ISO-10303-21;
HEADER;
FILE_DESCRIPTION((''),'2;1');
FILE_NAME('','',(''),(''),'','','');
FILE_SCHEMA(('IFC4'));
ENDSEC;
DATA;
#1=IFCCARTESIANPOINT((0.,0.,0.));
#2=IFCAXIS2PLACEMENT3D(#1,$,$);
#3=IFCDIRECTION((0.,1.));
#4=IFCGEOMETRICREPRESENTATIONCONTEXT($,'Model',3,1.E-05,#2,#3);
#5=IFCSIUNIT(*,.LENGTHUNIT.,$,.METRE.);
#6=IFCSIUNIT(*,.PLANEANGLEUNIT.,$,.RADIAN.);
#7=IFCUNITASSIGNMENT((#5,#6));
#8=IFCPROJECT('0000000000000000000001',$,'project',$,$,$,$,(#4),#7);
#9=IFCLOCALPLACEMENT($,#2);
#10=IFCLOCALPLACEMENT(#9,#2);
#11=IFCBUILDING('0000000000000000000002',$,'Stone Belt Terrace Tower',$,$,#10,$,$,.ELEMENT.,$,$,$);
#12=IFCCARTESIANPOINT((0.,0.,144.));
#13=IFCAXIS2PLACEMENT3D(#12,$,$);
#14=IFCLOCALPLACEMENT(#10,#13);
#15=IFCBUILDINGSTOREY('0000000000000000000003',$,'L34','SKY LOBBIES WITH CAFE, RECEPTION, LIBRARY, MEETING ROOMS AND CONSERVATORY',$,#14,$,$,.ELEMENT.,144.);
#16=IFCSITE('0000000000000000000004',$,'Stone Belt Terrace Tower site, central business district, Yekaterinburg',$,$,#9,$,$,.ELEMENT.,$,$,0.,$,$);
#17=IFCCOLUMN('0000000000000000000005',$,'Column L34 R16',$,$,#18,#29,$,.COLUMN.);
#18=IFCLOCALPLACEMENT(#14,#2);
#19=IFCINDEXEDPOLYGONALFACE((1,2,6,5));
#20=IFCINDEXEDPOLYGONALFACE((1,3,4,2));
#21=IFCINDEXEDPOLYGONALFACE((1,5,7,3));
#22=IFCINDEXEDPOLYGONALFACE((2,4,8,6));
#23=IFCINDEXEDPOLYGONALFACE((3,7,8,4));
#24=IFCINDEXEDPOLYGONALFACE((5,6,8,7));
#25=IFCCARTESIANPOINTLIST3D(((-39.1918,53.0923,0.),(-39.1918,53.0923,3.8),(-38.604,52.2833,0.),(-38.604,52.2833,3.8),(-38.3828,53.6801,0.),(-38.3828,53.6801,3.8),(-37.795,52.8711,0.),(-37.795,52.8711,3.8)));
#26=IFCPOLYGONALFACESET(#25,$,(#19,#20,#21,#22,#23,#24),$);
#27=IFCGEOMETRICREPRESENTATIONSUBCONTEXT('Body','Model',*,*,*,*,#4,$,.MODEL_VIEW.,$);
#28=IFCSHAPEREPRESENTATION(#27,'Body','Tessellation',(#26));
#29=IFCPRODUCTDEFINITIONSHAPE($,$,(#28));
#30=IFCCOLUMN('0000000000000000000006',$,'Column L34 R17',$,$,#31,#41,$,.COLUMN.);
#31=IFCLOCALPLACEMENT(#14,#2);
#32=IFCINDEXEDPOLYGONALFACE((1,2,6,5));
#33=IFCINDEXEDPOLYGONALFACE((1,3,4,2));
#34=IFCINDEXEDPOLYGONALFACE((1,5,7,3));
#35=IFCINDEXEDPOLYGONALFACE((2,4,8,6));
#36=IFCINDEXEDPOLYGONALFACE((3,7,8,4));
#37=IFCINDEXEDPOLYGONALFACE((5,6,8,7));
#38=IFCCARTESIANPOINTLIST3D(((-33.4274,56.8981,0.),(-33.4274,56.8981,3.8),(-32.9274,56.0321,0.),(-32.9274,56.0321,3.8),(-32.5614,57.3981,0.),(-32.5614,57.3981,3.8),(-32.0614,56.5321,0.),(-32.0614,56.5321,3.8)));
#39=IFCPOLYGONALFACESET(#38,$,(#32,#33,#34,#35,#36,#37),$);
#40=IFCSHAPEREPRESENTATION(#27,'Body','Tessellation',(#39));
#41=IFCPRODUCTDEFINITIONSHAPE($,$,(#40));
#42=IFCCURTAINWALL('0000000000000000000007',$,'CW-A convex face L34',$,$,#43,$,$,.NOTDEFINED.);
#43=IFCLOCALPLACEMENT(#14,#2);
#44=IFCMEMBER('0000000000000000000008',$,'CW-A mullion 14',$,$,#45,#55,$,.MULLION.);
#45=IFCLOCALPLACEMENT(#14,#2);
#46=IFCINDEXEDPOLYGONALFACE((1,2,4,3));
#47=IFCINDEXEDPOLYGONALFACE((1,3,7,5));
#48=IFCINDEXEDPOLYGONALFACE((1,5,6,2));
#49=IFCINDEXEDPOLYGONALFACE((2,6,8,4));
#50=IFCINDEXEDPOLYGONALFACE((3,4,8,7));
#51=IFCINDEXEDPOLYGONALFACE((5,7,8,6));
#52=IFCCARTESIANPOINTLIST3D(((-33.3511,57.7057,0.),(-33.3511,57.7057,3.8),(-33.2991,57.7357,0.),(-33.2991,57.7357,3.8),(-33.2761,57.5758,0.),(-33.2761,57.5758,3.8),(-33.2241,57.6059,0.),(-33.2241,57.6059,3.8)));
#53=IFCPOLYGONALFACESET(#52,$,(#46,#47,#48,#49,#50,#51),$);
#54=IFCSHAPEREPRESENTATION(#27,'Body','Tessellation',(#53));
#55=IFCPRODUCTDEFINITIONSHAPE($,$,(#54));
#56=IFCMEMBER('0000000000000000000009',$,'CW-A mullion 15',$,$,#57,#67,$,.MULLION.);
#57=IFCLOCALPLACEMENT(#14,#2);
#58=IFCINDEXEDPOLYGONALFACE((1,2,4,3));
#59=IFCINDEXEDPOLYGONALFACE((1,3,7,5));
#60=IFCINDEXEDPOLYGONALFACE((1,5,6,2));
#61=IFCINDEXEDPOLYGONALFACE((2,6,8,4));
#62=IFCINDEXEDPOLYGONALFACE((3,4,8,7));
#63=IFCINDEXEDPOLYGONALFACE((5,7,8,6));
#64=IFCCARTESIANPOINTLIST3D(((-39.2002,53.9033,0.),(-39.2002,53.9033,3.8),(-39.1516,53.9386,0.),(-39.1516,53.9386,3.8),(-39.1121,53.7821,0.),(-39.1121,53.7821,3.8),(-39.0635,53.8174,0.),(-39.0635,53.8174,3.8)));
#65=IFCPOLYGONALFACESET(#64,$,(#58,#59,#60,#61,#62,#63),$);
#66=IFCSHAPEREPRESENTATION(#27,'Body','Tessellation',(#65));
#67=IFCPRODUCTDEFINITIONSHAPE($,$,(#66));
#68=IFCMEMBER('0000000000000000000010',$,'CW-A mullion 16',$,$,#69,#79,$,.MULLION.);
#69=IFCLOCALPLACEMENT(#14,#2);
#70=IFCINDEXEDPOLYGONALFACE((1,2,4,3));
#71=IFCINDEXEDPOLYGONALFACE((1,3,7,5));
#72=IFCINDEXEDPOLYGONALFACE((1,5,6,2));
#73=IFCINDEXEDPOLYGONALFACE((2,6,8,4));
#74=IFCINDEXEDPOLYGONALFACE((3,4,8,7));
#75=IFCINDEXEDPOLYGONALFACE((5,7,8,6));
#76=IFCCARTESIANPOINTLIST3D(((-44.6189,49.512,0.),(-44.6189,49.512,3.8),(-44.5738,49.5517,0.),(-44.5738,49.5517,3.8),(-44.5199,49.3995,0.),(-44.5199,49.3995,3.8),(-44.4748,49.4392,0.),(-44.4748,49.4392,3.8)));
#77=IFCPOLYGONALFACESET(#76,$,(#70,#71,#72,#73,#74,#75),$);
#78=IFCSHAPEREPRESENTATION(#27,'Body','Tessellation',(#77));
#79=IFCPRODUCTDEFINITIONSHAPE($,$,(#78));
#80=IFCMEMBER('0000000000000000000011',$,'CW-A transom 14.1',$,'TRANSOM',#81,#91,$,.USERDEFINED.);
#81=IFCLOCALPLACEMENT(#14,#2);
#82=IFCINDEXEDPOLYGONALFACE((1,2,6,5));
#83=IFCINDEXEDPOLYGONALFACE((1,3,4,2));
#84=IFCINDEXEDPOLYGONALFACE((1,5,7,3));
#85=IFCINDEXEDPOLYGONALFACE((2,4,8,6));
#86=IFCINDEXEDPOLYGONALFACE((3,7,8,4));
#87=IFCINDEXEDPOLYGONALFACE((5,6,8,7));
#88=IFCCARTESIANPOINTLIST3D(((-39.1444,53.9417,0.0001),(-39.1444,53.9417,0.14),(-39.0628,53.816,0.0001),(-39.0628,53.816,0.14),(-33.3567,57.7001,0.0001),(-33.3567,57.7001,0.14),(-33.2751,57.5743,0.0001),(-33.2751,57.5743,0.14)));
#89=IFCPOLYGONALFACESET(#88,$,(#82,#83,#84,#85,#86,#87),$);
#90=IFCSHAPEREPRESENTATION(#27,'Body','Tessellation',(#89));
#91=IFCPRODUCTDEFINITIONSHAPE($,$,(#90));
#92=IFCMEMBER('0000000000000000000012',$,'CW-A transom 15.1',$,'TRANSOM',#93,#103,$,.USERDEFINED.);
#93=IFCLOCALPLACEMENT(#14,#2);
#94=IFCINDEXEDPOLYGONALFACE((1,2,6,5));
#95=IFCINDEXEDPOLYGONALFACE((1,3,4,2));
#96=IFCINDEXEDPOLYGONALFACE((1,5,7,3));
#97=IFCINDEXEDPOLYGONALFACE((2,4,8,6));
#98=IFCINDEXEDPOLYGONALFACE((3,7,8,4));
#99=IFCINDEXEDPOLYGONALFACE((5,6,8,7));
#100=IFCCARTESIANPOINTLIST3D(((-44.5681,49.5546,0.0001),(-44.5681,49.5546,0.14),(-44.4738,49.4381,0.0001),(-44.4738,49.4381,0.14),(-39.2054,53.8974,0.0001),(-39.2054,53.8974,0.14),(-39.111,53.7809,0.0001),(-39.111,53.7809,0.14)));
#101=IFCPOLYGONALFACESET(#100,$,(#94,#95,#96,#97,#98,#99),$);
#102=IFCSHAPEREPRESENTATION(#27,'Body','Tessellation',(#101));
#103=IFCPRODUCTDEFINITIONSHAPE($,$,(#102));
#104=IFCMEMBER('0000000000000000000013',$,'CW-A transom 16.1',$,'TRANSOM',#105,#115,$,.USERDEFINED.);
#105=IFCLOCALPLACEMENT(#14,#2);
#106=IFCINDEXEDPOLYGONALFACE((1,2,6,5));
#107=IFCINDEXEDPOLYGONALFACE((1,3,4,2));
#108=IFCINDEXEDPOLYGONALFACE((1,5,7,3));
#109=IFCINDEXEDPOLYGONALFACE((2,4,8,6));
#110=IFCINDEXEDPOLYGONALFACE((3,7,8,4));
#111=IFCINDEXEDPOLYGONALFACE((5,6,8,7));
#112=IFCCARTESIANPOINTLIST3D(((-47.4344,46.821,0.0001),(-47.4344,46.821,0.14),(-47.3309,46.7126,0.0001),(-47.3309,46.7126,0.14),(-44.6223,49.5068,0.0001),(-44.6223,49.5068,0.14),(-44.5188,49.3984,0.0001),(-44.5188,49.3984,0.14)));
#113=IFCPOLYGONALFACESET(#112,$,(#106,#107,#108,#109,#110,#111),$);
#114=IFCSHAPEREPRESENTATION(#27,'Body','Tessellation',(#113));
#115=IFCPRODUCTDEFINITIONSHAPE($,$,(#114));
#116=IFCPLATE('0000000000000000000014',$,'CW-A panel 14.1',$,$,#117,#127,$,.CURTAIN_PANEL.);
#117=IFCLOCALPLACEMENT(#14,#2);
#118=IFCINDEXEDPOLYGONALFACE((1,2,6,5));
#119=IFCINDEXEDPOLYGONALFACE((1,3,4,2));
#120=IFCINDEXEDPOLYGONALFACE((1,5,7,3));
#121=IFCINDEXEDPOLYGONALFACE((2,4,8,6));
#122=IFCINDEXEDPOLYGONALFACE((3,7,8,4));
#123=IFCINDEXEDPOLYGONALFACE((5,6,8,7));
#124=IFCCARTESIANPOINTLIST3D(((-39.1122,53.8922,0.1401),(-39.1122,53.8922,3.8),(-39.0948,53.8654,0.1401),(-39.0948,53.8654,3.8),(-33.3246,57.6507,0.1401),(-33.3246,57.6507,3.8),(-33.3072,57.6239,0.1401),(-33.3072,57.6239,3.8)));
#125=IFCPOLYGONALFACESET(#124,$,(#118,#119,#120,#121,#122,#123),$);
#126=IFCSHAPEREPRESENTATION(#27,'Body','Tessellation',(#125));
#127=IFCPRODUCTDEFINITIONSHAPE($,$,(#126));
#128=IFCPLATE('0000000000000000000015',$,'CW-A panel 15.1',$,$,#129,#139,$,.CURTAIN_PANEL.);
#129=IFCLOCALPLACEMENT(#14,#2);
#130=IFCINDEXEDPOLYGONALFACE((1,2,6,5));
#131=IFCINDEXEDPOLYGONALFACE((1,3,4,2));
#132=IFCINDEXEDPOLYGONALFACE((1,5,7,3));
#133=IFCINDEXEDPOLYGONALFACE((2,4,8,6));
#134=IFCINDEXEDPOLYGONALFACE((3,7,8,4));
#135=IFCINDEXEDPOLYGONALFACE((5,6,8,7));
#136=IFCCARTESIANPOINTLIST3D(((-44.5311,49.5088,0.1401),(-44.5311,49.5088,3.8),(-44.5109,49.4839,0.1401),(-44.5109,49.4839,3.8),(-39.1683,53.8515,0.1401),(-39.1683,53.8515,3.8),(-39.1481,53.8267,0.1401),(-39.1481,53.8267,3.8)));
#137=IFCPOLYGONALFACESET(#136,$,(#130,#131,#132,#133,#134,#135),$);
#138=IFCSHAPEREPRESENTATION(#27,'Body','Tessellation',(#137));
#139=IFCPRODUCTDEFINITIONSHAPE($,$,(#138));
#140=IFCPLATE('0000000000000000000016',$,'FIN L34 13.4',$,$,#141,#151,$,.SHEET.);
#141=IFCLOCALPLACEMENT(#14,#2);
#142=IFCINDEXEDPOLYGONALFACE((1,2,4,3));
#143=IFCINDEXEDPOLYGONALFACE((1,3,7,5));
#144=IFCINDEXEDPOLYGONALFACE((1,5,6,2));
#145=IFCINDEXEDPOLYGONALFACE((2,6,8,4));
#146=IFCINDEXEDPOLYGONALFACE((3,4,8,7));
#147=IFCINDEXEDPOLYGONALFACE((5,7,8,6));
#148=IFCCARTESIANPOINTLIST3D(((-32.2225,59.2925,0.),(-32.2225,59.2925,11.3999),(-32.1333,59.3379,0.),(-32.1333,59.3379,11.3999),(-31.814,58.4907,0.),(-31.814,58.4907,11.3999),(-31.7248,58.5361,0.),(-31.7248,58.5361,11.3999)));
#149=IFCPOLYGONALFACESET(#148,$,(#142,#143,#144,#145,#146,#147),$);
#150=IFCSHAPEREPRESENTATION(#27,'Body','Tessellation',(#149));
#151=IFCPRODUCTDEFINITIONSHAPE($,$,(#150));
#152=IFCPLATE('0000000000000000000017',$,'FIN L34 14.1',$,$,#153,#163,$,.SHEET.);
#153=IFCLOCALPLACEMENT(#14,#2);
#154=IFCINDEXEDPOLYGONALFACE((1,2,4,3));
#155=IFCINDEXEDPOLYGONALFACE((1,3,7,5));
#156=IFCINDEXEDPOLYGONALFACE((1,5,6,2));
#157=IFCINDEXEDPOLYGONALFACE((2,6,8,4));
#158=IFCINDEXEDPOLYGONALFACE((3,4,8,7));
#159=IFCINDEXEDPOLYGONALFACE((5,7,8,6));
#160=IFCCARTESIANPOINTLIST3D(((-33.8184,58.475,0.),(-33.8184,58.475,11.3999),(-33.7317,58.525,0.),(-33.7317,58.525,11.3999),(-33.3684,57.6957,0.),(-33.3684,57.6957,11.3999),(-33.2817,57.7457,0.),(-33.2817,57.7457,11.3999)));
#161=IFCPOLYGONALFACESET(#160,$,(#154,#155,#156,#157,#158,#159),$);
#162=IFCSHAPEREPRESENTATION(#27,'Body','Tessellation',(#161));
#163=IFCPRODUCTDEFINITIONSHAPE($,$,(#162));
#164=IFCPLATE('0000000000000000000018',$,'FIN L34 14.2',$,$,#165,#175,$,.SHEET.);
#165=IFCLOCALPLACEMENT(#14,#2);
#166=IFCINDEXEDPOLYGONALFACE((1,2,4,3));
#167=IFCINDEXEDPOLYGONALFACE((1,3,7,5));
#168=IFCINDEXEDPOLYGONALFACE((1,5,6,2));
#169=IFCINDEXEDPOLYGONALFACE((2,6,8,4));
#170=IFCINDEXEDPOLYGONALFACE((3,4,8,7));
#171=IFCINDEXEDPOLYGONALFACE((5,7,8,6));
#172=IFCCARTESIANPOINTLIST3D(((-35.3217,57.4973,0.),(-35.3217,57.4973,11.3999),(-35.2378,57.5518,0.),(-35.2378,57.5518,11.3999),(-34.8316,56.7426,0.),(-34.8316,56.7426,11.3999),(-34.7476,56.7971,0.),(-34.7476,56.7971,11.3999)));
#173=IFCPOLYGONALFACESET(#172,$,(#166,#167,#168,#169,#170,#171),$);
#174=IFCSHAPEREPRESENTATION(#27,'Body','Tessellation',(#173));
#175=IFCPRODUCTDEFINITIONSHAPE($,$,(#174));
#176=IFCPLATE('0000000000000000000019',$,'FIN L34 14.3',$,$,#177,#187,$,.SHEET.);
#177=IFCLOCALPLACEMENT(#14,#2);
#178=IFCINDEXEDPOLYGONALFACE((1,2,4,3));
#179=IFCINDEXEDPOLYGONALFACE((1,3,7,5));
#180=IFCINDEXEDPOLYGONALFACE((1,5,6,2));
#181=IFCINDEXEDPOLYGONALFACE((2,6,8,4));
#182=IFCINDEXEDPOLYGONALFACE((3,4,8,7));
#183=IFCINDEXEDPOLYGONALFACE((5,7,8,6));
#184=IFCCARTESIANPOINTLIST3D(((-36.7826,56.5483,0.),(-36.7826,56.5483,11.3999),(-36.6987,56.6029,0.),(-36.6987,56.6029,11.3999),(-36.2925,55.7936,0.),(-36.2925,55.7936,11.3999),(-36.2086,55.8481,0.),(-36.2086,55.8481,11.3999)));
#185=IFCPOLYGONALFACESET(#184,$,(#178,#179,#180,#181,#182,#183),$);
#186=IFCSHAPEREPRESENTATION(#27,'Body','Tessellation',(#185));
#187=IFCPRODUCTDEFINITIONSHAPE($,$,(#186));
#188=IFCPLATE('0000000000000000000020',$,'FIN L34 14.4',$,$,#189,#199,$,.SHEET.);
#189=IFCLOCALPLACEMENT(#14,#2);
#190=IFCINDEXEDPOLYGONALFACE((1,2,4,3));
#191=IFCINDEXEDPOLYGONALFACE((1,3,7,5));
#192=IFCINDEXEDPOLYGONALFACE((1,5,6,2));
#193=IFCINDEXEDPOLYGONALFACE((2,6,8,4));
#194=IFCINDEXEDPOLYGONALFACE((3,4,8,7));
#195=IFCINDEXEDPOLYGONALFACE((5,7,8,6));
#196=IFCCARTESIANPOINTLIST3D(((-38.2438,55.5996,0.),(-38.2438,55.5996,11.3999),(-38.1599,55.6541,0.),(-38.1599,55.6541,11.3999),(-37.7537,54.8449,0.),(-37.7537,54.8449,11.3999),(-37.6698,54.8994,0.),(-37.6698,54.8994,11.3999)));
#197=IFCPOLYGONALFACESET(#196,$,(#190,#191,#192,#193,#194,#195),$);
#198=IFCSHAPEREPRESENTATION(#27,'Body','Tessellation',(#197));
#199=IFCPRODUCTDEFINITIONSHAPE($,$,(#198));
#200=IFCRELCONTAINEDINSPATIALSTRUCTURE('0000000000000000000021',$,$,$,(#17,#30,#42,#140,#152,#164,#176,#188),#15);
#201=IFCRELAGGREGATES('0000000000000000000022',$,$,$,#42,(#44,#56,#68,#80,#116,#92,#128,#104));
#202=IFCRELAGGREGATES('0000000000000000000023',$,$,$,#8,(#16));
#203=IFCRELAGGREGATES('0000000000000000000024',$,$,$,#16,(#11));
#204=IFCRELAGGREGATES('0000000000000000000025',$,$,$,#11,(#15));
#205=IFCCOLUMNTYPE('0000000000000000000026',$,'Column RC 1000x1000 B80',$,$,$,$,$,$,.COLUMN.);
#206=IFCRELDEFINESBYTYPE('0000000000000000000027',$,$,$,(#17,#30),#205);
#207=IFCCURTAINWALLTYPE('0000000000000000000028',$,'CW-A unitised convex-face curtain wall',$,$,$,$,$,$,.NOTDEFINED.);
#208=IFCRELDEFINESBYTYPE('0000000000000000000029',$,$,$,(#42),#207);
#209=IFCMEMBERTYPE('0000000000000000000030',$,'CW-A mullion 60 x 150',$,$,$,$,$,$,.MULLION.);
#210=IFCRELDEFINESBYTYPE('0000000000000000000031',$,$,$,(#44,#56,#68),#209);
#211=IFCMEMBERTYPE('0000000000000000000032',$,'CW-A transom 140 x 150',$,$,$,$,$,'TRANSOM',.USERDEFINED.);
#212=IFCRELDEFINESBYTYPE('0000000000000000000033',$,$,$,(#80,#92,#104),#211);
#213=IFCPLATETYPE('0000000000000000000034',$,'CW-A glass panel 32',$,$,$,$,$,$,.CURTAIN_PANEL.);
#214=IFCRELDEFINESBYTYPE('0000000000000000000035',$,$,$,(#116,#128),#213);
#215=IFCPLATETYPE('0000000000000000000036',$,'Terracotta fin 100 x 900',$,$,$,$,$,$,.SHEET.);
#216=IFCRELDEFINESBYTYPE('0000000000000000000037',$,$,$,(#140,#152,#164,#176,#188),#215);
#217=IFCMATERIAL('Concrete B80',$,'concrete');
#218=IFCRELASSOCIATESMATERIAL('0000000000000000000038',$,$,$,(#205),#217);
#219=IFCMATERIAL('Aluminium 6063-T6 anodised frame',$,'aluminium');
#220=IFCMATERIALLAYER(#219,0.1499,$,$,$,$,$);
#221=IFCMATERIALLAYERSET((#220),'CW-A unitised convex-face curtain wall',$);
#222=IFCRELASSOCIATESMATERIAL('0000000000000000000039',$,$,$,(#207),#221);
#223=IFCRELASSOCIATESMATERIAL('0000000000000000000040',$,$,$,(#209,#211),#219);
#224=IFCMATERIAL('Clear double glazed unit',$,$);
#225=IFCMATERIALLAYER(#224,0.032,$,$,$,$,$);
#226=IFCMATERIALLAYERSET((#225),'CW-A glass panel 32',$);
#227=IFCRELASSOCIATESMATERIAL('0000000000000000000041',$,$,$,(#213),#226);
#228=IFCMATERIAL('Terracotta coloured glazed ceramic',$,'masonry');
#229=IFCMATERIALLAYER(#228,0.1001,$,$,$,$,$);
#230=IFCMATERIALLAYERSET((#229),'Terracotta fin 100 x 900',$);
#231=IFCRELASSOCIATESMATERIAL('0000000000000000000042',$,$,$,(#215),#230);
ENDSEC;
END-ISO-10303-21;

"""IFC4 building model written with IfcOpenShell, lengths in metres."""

from ifc_helpers import new_model, si_unit, direction, frame, origin, origin_2d, place, context, subcontext, project, spatial, rectangle, extrude, material, layer, layer_set, material_profile, profile_set, type_object, element, aggregate, save


model = new_model("IFC4")

# Units and contexts
model_context = context("Model", 3, precision=1e-05, world=origin(), true_north=direction((0.0, 1.0)))
body_context = subcontext(model_context, "Body", "Model", "MODEL_VIEW")
ifc_project = project(units=[si_unit("LENGTHUNIT", "METRE"), si_unit("PLANEANGLEUNIT", "RADIAN")], contexts=[model_context])

# Site, building, storey
site_placement = place(None, origin())
site = spatial("IfcSite", under=ifc_project, at=site_placement, Name="Stone Belt Terrace Tower site, central business district, Yekaterinburg", CompositionType="ELEMENT", RefElevation=0.0)
building_placement = place(site_placement, origin())
building = spatial("IfcBuilding", under=site, at=building_placement, Name="Stone Belt Terrace Tower", CompositionType="ELEMENT")
storey_placement = place(building_placement, frame((0.0, 0.0, 144.0)))
storey = spatial("IfcBuildingStorey", under=building, at=storey_placement, Name="L34", Description="SKY LOBBIES WITH CAFE, RECEPTION, LIBRARY, MEETING ROOMS AND CONSERVATORY", CompositionType="ELEMENT", Elevation=144.0)

# Columns
ifc_material_1 = material(Name="Concrete B80", Category="concrete")
ifc_material_profile_1 = material_profile(ifc_material_1, rectangle(XDim=1.0, YDim=1.0, at=origin_2d()), Name="RC 1000x1000")
ifc_profile_set_1 = profile_set([ifc_material_profile_1], Name="Concrete B80")
column_type = type_object("IfcColumnType", Name="Column RC 1000x1000 B80", PredefinedType="COLUMN", material=ifc_profile_set_1)
for number, where, z_axis, x_axis, name in (
    (1, (-38.4934, 52.9817, 0.0), (0.0, 0.0, 1.0), (0.809017, 0.587785, 0.0), "Column L34 R16"),
    (2, (-32.7444, 56.7151, 0.0), (0.0, 0.0, 1.0), (0.866025, 0.5, 0.0), "Column L34 R17"),
):
    element("IfcColumn", number, at=place(storey_placement, frame(where, z_axis=z_axis, x_axis=x_axis)), inside=storey, type_object=column_type, Name=name, PredefinedType="COLUMN", context=body_context, shape_type="SweptSolid", body=[
        extrude(rectangle(XDim=1.0, YDim=1.0, at=origin_2d()), origin(), (0.0, 0.0, 1.0), 3.8),
    ])

# Curtain wall, members, plates
ifc_material_2 = material(Name="Aluminium 6063-T6 anodised frame", Category="aluminium")
ifc_layer_1 = layer(ifc_material_2, 0.1499)
ifc_layer_set_1 = layer_set([ifc_layer_1], Name="CW-A unitised convex-face curtain wall")
curtain_wall_type = type_object("IfcCurtainWallType", Name="CW-A unitised convex-face curtain wall", PredefinedType="NOTDEFINED", material=ifc_layer_set_1)
curtain_wall_placement = place(storey_placement, origin())
curtain_wall = element("IfcCurtainWall", 3, at=curtain_wall_placement, inside=storey, type_object=curtain_wall_type, Name="CW-A convex face L34", PredefinedType="NOTDEFINED")
ifc_material_profile_2 = material_profile(ifc_material_2, rectangle(XDim=0.1499, YDim=0.0601, at=origin_2d()), Name="Aluminium 6063-T6 60x150")
ifc_profile_set_2 = profile_set([ifc_material_profile_2], Name="Aluminium 6063-T6 anodised frame")
member_type_1 = type_object("IfcMemberType", Name="CW-A mullion 60 x 150", PredefinedType="MULLION", material=ifc_profile_set_2)
member_1_placement = place(storey_placement, frame((-33.2876, 57.6558, 0.0), z_axis=(0.0, 0.0, 1.0), x_axis=(0.5, -0.866025, 0.0)))
member_1 = element("IfcMember", 4, at=member_1_placement, type_object=member_type_1, Name="CW-A mullion 14", PredefinedType="MULLION", context=body_context, shape_type="SweptSolid", body=[
    extrude(rectangle(XDim=0.1499, YDim=0.0601, at=origin_2d()), origin(), (0.0, 0.0, 1.0), 3.8),
])
member_2_placement = place(storey_placement, frame((-39.1318, 53.8604, 0.0), z_axis=(0.0, 0.0, 1.0), x_axis=(0.587785, -0.809017, 0.0)))
member_2 = element("IfcMember", 5, at=member_2_placement, type_object=member_type_1, Name="CW-A mullion 15", PredefinedType="MULLION", context=body_context, shape_type="SweptSolid", body=[
    extrude(rectangle(XDim=0.1499, YDim=0.0601, at=origin_2d()), origin(), (0.0, 0.0, 1.0), 3.8),
])
member_3_placement = place(storey_placement, frame((-44.5469, 49.4756, 0.0), z_axis=(0.0, 0.0, 1.0), x_axis=(0.660573, -0.750761, 0.0)))
member_3 = element("IfcMember", 6, at=member_3_placement, type_object=member_type_1, Name="CW-A mullion 16", PredefinedType="MULLION", context=body_context, shape_type="SweptSolid", body=[
    extrude(rectangle(XDim=0.1499, YDim=0.0601, at=origin_2d()), origin(), (0.0, 0.0, 1.0), 3.8),
])
ifc_material_profile_3 = material_profile(ifc_material_2, rectangle(XDim=0.1499, YDim=0.1399, at=origin_2d()), Name="Aluminium 6063-T6 150x140")
ifc_profile_set_3 = profile_set([ifc_material_profile_3], Name="Aluminium 6063-T6 anodised frame")
member_type_2 = type_object("IfcMemberType", Name="CW-A transom 140 x 150", ElementType="TRANSOM", PredefinedType="USERDEFINED", material=ifc_profile_set_3)
member_4_placement = place(storey_placement, frame((-33.3159, 57.6372, 0.0701), z_axis=(-0.838684, -0.544618, 0.0), x_axis=(0.544618, -0.838684, 0.0)))
member_4 = element("IfcMember", 7, at=member_4_placement, type_object=member_type_2, Name="CW-A transom 14.1", ObjectType="TRANSOM", PredefinedType="USERDEFINED", context=body_context, shape_type="SweptSolid", body=[
    extrude(rectangle(XDim=0.1499, YDim=0.1399, at=origin_2d()), origin(), (0.0, 0.0, 1.0), 6.9009),
])
member_5_placement = place(storey_placement, frame((-39.1582, 53.8391, 0.0701), z_axis=(-0.777141, -0.629326, 0.0), x_axis=(0.629326, -0.777141, 0.0)))
member_5 = element("IfcMember", 8, at=member_5_placement, type_object=member_type_2, Name="CW-A transom 15.1", ObjectType="TRANSOM", PredefinedType="USERDEFINED", context=body_context, shape_type="SweptSolid", body=[
    extrude(rectangle(XDim=0.1499, YDim=0.1399, at=origin_2d()), origin(), (0.0, 0.0, 1.0), 6.9006),
])
member_6_placement = place(storey_placement, frame((-44.5706, 49.4526, 0.0701), z_axis=(-0.72315, -0.690691, 0.0), x_axis=(0.690691, -0.72315, 0.0)))
member_6 = element("IfcMember", 9, at=member_6_placement, type_object=member_type_2, Name="CW-A transom 16.1", ObjectType="TRANSOM", PredefinedType="USERDEFINED", context=body_context, shape_type="SweptSolid", body=[
    extrude(rectangle(XDim=0.1499, YDim=0.1399, at=origin_2d()), origin(), (0.0, 0.0, 1.0), 3.8887),
])
ifc_material_3 = material(Name="Clear double glazed unit")
ifc_layer_2 = layer(ifc_material_3, 0.032)
ifc_layer_set_2 = layer_set([ifc_layer_2], Name="CW-A glass panel 32")
plate_type_1 = type_object("IfcPlateType", Name="CW-A glass panel 32", PredefinedType="CURTAIN_PANEL", material=ifc_layer_set_2)
plate_1_placement = place(storey_placement, frame((-36.2097, 55.7581, 0.1401), z_axis=(0.0, 0.0, 1.0), x_axis=(-0.838671, -0.544639, 0.0)))
plate_1 = element("IfcPlate", 10, at=plate_1_placement, type_object=plate_type_1, Name="CW-A panel 14.1", PredefinedType="CURTAIN_PANEL", context=body_context, shape_type="SweptSolid", body=[
    extrude(rectangle(XDim=6.9009, YDim=0.032, at=origin_2d()), origin(), (0.0, 0.0, 1.0), 3.6599),
])
plate_2_placement = place(storey_placement, frame((-41.8396, 51.6677, 0.1401), z_axis=(0.0, 0.0, 1.0), x_axis=(-0.777146, -0.62932, 0.0)))
plate_2 = element("IfcPlate", 11, at=plate_2_placement, type_object=plate_type_1, Name="CW-A panel 15.1", PredefinedType="CURTAIN_PANEL", context=body_context, shape_type="SweptSolid", body=[
    extrude(rectangle(XDim=6.9006, YDim=0.032, at=origin_2d()), origin(), (0.0, 0.0, 1.0), 3.6599),
])
aggregate(curtain_wall, [member_1, member_2, member_3, member_4, plate_1, member_5, plate_2, member_6])

# Plates
ifc_material_4 = material(Name="Terracotta coloured glazed ceramic", Category="masonry")
ifc_layer_3 = layer(ifc_material_4, 0.1001)
ifc_layer_set_3 = layer_set([ifc_layer_3], Name="Terracotta fin 100 x 900")
plate_type_2 = type_object("IfcPlateType", Name="Terracotta fin 100 x 900", PredefinedType="SHEET", material=ifc_layer_set_3)
for number, where, z_axis, x_axis, name in (
    (12, (-31.9736, 58.9143, 0.0), (0.0, 0.0, 1.0), (-0.45399, 0.891007, 0.0), "FIN L34 13.4"),
    (13, (-33.55, 58.1104, 0.0), (0.0, 0.0, 1.0), (-0.5, 0.866025, 0.0), "FIN L34 14.1"),
    (14, (-35.0347, 57.1472, 0.0), (0.0, 0.0, 1.0), (-0.544639, 0.838671, 0.0), "FIN L34 14.2"),
    (15, (-36.4956, 56.1982, 0.0), (0.0, 0.0, 1.0), (-0.544639, 0.838671, 0.0), "FIN L34 14.3"),
    (16, (-37.9568, 55.2495, 0.0), (0.0, 0.0, 1.0), (-0.544639, 0.838671, 0.0), "FIN L34 14.4"),
):
    element("IfcPlate", number, at=place(storey_placement, frame(where, z_axis=z_axis, x_axis=x_axis)), inside=storey, type_object=plate_type_2, Name=name, PredefinedType="SHEET", context=body_context, shape_type="SweptSolid", body=[
        extrude(rectangle(XDim=0.8999, YDim=0.1001, at=origin_2d()), origin(), (0.0, 0.0, 1.0), 11.3999),
    ])

save(model, "model.ifc")
